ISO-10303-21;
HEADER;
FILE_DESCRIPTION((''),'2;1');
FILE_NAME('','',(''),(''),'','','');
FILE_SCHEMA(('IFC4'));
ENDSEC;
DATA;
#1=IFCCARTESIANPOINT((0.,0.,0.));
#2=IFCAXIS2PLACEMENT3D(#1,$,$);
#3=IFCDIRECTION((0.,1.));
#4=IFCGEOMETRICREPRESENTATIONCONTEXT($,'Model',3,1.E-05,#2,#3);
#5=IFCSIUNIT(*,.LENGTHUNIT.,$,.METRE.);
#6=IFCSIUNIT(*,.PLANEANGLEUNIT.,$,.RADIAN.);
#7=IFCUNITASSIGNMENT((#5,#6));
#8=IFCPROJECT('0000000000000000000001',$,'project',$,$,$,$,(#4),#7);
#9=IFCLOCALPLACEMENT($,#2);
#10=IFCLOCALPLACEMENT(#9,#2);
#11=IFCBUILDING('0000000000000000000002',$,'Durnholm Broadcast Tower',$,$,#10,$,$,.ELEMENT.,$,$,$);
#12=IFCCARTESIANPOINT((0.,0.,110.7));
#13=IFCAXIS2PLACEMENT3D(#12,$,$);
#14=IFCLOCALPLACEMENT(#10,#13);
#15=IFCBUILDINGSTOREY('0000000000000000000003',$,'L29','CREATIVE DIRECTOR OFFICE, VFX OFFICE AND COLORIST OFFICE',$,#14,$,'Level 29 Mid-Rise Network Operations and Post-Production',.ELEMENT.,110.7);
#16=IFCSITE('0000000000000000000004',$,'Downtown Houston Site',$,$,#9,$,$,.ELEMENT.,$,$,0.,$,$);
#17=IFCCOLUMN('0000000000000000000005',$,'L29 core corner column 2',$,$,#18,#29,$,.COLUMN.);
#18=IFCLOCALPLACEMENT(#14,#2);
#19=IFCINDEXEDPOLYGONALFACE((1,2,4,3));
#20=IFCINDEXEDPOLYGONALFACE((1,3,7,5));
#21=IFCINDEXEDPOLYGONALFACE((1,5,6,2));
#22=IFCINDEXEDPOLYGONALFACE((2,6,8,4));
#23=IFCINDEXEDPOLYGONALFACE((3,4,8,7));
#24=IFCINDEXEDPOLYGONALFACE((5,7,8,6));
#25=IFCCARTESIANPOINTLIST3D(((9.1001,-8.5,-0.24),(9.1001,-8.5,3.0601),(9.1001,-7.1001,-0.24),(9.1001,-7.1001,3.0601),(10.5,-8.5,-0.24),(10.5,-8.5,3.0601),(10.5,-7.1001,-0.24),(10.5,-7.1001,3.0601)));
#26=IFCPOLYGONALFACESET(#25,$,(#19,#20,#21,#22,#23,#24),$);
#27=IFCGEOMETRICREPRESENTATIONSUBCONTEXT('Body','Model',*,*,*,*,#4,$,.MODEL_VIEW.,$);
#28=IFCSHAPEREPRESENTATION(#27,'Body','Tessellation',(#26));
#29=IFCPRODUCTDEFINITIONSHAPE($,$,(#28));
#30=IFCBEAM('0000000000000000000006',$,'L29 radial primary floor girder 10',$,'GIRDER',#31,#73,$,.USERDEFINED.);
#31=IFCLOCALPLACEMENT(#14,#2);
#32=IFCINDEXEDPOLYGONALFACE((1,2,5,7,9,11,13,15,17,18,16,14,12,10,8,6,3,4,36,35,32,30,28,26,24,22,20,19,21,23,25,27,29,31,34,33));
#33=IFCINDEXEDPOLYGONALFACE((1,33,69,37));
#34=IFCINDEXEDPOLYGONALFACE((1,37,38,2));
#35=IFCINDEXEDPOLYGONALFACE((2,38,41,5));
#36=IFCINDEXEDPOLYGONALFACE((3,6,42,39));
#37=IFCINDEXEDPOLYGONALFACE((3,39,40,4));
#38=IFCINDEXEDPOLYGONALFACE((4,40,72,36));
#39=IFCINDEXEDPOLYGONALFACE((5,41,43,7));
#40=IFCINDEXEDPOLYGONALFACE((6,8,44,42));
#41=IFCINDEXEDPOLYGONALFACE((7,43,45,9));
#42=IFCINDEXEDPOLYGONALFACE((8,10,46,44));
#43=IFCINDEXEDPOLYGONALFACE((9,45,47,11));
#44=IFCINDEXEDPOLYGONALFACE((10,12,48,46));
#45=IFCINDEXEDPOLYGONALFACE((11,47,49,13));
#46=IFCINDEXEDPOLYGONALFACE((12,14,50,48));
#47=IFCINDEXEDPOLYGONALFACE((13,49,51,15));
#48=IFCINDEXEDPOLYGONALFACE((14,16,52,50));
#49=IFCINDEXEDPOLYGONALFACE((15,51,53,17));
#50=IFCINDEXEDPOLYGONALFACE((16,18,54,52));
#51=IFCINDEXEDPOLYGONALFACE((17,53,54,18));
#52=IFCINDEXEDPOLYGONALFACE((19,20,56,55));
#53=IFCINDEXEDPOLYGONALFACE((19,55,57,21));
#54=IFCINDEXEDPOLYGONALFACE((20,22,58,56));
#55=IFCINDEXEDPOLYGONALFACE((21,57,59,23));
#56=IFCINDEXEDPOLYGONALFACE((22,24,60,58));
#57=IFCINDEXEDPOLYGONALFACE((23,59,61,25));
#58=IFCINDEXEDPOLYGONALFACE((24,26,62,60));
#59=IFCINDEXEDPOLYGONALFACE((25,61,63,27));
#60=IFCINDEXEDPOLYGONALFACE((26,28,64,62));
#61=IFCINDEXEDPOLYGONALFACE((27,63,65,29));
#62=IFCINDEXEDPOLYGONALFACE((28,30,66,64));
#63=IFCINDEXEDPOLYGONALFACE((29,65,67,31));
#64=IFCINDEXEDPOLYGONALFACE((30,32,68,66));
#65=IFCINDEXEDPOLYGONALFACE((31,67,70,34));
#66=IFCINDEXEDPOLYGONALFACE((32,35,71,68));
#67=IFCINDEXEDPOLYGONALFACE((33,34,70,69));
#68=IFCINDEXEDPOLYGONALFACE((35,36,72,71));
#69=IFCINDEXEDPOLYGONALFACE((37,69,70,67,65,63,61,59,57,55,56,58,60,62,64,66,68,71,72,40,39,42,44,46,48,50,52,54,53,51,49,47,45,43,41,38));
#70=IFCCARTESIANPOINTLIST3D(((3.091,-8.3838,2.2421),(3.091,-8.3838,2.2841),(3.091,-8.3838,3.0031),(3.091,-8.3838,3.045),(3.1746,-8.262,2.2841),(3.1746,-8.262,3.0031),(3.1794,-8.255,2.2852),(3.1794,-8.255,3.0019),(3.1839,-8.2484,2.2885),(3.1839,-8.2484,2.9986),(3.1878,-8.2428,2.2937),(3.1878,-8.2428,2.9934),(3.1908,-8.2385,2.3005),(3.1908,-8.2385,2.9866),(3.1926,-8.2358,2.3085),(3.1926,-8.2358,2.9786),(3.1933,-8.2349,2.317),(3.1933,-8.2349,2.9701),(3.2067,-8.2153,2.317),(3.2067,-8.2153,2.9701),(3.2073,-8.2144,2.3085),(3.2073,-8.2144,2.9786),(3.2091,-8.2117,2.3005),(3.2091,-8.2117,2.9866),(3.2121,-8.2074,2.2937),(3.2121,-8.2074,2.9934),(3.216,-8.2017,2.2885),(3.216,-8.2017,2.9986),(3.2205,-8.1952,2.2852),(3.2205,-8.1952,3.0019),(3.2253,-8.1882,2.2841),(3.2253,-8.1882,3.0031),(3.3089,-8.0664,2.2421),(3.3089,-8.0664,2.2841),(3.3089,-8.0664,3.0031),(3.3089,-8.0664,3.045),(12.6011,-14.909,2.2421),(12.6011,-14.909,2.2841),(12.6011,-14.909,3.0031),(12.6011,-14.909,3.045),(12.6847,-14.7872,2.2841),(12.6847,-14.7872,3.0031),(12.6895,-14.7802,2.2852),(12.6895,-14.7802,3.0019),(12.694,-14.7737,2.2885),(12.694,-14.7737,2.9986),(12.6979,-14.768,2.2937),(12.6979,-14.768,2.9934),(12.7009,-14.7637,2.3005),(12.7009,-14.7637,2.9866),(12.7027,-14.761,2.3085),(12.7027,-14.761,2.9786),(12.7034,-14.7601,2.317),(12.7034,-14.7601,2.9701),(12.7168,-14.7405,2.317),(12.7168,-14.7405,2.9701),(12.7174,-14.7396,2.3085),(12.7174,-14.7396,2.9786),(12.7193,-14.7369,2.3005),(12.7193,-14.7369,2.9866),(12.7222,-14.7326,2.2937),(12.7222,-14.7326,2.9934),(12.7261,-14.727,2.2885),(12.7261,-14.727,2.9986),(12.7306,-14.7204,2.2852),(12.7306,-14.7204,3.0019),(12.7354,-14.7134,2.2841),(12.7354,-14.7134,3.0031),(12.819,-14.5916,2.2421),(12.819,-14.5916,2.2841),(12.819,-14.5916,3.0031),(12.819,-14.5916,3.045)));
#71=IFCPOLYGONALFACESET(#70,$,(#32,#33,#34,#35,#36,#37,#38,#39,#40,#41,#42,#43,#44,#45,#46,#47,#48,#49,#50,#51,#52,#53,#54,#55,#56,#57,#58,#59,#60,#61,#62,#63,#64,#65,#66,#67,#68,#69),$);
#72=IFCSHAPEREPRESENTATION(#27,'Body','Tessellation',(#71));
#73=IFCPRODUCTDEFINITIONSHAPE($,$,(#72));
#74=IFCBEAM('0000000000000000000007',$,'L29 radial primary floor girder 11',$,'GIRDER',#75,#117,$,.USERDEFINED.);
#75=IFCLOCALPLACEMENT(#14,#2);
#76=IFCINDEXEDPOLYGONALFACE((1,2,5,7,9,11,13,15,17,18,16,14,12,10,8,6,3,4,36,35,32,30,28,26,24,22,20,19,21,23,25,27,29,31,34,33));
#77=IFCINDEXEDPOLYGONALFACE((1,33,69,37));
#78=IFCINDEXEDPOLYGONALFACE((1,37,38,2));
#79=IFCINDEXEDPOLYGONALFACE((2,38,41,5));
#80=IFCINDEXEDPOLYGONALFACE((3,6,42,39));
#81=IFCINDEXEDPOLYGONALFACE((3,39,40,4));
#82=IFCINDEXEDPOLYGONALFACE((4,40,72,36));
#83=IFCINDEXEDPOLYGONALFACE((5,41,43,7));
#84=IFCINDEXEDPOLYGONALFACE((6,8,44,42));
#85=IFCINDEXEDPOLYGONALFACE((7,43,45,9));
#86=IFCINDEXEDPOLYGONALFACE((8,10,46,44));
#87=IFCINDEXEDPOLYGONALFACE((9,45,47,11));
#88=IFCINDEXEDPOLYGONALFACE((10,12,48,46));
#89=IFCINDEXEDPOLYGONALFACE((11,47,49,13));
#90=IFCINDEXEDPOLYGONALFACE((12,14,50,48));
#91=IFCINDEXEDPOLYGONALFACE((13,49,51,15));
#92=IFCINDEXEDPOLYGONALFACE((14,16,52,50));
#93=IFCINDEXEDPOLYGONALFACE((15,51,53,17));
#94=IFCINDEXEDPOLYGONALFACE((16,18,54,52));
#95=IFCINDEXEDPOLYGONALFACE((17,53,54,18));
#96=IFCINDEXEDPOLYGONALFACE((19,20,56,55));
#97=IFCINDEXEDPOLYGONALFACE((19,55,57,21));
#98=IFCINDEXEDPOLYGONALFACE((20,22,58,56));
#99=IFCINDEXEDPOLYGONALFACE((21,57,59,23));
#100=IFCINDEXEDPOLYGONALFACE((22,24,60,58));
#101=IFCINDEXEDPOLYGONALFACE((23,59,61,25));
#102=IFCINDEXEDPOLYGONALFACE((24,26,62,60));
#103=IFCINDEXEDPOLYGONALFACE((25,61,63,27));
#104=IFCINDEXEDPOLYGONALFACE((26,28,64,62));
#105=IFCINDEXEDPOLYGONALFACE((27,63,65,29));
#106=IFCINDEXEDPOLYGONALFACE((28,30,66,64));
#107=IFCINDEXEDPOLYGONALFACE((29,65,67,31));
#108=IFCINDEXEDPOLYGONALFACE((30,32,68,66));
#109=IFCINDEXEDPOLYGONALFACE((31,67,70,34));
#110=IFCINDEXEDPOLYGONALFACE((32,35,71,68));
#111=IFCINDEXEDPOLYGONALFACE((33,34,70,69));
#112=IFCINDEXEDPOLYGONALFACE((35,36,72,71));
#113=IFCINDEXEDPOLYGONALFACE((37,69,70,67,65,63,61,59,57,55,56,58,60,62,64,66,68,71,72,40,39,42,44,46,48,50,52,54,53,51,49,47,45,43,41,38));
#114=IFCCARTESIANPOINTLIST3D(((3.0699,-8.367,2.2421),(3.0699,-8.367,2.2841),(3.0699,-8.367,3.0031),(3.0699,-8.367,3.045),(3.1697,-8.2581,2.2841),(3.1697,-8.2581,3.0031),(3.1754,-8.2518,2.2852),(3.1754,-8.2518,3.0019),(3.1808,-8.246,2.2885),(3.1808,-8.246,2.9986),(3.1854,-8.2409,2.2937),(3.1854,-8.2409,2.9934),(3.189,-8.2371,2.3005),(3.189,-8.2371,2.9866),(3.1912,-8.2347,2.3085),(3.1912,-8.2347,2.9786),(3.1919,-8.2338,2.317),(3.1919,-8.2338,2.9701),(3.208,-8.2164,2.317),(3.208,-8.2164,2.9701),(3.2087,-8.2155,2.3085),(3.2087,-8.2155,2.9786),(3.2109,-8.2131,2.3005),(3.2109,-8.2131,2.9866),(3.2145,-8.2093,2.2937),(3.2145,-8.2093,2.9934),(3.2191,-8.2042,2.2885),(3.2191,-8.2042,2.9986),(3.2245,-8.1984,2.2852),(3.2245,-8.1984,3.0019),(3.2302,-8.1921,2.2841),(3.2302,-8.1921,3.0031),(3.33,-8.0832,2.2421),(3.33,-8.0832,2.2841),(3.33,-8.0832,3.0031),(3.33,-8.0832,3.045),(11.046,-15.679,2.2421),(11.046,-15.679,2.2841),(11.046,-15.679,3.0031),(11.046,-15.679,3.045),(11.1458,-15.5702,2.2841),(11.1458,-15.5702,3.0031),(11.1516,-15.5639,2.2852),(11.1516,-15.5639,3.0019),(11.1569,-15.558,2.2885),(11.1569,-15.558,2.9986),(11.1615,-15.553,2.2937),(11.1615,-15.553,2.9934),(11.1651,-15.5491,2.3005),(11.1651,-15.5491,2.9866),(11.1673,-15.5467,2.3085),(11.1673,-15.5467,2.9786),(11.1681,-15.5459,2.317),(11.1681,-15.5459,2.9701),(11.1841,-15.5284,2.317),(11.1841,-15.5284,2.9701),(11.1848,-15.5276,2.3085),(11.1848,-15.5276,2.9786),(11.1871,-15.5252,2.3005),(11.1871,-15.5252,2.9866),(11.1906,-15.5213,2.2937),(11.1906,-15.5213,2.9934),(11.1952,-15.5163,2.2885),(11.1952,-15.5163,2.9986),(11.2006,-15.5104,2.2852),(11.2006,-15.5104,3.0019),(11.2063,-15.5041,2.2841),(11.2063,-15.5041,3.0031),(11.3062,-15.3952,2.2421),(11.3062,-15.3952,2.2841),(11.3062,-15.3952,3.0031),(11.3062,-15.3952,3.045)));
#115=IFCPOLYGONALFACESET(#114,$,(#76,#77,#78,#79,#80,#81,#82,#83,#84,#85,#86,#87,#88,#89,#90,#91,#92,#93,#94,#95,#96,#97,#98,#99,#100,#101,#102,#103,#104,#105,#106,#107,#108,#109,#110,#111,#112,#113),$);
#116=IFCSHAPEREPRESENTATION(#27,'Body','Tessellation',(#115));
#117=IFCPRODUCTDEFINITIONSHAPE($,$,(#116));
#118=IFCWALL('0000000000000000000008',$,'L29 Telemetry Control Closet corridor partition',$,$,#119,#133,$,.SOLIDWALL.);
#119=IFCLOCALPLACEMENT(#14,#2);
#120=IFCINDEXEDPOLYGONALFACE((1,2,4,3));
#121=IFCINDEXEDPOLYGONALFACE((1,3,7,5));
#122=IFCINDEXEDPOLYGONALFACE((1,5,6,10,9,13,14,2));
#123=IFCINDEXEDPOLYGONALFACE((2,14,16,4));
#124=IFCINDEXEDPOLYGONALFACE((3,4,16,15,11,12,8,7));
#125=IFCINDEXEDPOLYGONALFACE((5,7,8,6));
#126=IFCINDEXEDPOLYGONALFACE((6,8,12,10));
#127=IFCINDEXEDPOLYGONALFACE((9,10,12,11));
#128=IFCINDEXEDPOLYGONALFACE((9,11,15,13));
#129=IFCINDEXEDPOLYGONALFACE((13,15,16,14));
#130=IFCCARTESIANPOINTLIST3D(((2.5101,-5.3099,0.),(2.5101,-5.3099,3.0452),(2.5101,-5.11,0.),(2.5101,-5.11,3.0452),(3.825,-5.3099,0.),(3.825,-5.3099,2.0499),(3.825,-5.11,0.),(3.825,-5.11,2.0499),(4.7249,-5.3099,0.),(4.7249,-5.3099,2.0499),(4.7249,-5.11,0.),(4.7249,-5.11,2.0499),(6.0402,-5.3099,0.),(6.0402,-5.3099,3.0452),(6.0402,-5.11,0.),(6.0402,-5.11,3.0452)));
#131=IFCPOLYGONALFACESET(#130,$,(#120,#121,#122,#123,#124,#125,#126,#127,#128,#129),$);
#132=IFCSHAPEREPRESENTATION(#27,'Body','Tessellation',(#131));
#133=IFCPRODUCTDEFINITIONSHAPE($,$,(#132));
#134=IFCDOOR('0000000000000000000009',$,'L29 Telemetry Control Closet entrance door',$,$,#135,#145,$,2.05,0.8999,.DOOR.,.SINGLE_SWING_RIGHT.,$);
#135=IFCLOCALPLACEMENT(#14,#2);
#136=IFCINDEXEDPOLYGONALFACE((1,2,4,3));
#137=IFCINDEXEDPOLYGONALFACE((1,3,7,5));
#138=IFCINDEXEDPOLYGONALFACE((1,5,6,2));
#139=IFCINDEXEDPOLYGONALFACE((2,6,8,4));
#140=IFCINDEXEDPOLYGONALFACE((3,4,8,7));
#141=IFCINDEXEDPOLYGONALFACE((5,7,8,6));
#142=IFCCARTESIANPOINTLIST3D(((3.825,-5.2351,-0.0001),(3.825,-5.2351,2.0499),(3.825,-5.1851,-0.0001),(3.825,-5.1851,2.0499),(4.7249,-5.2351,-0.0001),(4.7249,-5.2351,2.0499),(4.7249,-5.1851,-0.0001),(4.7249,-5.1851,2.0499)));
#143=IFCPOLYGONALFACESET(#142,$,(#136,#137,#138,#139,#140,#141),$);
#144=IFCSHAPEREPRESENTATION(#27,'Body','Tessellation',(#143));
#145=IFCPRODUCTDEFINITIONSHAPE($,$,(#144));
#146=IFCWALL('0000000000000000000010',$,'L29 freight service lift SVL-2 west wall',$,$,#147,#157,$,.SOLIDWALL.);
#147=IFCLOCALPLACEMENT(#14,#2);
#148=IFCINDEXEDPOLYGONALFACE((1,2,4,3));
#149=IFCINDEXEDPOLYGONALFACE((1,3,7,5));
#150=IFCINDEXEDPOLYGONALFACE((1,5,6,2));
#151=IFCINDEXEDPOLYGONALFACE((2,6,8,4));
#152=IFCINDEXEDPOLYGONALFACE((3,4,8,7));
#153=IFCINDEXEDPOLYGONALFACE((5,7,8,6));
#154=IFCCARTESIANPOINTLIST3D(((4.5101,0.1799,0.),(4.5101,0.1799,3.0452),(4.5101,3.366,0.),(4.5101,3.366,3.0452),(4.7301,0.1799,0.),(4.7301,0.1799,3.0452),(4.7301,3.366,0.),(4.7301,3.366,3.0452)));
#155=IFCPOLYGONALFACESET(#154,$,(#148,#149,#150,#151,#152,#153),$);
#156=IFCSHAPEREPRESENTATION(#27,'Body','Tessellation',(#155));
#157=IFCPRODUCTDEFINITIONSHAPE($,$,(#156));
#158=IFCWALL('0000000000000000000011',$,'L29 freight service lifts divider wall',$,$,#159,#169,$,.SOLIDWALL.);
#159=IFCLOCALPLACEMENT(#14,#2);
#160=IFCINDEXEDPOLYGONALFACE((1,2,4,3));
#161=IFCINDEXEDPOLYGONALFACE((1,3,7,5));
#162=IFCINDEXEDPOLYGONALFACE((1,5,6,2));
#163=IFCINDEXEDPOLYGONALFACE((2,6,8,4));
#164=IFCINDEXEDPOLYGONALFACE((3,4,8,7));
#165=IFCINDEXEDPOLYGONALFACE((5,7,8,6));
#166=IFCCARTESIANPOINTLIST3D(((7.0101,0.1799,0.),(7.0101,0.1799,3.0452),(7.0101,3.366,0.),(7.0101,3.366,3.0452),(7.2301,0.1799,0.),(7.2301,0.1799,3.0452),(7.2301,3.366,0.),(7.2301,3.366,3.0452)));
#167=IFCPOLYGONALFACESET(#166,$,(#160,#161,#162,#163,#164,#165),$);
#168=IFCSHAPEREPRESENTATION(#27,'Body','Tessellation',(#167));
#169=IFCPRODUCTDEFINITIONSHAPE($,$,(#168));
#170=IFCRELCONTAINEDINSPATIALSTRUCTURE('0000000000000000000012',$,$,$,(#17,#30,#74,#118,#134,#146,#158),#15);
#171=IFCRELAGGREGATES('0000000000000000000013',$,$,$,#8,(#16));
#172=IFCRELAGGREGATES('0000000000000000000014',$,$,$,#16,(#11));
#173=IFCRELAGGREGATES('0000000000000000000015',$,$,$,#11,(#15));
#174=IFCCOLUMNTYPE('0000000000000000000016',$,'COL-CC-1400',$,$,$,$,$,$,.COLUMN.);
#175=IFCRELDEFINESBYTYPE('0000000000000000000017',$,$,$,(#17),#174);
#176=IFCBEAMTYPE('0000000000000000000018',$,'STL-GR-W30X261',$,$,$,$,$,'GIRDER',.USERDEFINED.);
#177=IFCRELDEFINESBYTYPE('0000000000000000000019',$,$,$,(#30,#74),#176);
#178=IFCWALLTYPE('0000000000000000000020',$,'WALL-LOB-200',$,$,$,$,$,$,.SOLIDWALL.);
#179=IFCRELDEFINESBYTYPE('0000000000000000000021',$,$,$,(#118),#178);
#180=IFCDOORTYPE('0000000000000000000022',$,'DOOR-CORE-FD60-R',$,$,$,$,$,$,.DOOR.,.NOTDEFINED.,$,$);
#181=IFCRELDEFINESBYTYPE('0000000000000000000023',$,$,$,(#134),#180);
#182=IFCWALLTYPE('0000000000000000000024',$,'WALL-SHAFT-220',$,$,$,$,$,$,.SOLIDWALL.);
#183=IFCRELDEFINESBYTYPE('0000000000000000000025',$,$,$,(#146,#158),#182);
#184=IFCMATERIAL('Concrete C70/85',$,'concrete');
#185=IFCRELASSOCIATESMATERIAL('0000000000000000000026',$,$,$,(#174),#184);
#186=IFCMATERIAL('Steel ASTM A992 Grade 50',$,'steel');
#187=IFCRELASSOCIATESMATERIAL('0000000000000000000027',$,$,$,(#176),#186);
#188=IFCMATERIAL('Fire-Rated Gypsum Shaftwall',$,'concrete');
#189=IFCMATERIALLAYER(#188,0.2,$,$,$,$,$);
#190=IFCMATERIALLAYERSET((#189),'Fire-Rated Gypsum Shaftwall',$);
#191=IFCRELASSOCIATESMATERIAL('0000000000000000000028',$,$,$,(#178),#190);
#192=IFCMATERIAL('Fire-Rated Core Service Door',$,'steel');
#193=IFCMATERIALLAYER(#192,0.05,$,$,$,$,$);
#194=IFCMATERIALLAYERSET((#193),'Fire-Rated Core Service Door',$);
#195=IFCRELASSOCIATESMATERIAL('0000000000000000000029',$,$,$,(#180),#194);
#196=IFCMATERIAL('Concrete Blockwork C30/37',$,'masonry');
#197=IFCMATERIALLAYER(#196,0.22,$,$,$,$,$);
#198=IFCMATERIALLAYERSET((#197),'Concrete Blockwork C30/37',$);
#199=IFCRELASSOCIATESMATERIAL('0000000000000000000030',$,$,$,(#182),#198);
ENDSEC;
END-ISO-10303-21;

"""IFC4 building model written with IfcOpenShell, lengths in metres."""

from ifc_helpers import new_model, si_unit, direction, frame, frame_2d, origin, origin_2d, place, context, subcontext, project, spatial, rectangle, i_section, extrude, source, transform, mapped, material, layer, layer_set, material_profile, profile_set, type_object, type_shapes, element, fill, save


model = new_model("IFC4")

# Units and contexts
model_context = context("Model", 3, precision=1e-05, world=origin(), true_north=direction((0.0, 1.0)))
body_context = subcontext(model_context, "Body", "Model", "MODEL_VIEW")
ifc_project = project(units=[si_unit("LENGTHUNIT", "METRE"), si_unit("PLANEANGLEUNIT", "RADIAN")], contexts=[model_context])

# Site, building, storey
site_placement = place(None, origin())
site = spatial("IfcSite", under=ifc_project, at=site_placement, Name="Downtown Houston Site", CompositionType="ELEMENT", RefElevation=0.0)
building_placement = place(site_placement, origin())
building = spatial("IfcBuilding", under=site, at=building_placement, Name="Durnholm Broadcast Tower", CompositionType="ELEMENT")
storey_placement = place(building_placement, frame((0.0, 0.0, 110.7)))
storey = spatial("IfcBuildingStorey", under=building, at=storey_placement, Name="L29", Description="CREATIVE DIRECTOR OFFICE, VFX OFFICE AND COLORIST OFFICE", LongName="Level 29 Mid-Rise Network Operations and Post-Production", CompositionType="ELEMENT", Elevation=110.7)

# Column
ifc_material_1 = material(Name="Concrete C70/85", Category="concrete")
ifc_material_profile_1 = material_profile(ifc_material_1, rectangle(XDim=1.3999, YDim=1.3999, at=origin_2d()), Name="RC1400X1400")
ifc_profile_set_1 = profile_set([ifc_material_profile_1], Name="Concrete C70/85")
column_type = type_object("IfcColumnType", Name="COL-CC-1400", PredefinedType="COLUMN", material=ifc_profile_set_1)
shared_shape_1 = source(origin(), body_context, "Body", "SweptSolid", [
    extrude(rectangle(XDim=1.3999, YDim=1.3999, at=origin_2d()), origin(), (0.0, 0.0, 1.0), 3.3),
])
type_shapes(column_type, [shared_shape_1])
column_placement = place(storey_placement, frame((9.8, -7.8, -0.24), z_axis=(0.0, 0.0, 1.0), x_axis=(1.0, 0.0, 0.0)))
element("IfcColumn", 1, at=column_placement, inside=storey, type_object=column_type, Name="L29 core corner column 2", PredefinedType="COLUMN", context=body_context, shape_type="MappedRepresentation", body=[
    mapped(shared_shape_1, transform((0.0, 0.0, 0.0), x_axis=(1.0, 0.0, 0.0), y_axis=(0.0, 1.0, 0.0), z_axis=(0.0, 0.0, 1.0), scale=1.0)),
])

# Beams
ifc_material_2 = material(Name="Steel ASTM A992 Grade 50", Category="steel")
ifc_material_profile_2 = material_profile(ifc_material_2, i_section(OverallWidth=0.385, OverallDepth=0.803, WebThickness=0.0237, FlangeThickness=0.042, FilletRadius=0.033, at=origin_2d()), Name="W30X261")
ifc_profile_set_2 = profile_set([ifc_material_profile_2], Name="Steel ASTM A992 Grade 50")
beam_type = type_object("IfcBeamType", Name="STL-GR-W30X261", ElementType="GIRDER", PredefinedType="USERDEFINED", material=ifc_profile_set_2)
shared_shape_2 = source(origin(), body_context, "Body", "SweptSolid", [
    extrude(i_section(OverallWidth=0.385, OverallDepth=0.803, WebThickness=0.0237, FlangeThickness=0.042, FilletRadius=0.033, at=origin_2d()), origin(), (0.0, 0.0, 1.0), 11.5334),
])
beam_1_placement = place(storey_placement, frame((3.2, -8.2251, 2.6436), z_axis=(0.824567, -0.565764, 0.0), x_axis=(0.565764, 0.824567, 0.0)))
element("IfcBeam", 2, at=beam_1_placement, inside=storey, type_object=beam_type, Name="L29 radial primary floor girder 10", ObjectType="GIRDER", PredefinedType="USERDEFINED", context=body_context, shape_type="MappedRepresentation", body=[
    mapped(shared_shape_2, transform((0.0, 0.0, 0.0), x_axis=(1.0, 0.0, 0.0), y_axis=(0.0, 1.0, 0.0), z_axis=(0.0, 0.0, 1.0), scale=1.0)),
])
shared_shape_3 = source(origin(), body_context, "Body", "SweptSolid", [
    extrude(i_section(OverallWidth=0.385, OverallDepth=0.803, WebThickness=0.0237, FlangeThickness=0.042, FilletRadius=0.033, at=origin_2d()), origin(), (0.0, 0.0, 1.0), 10.8206),
])
type_shapes(beam_type, [shared_shape_2, shared_shape_3])
beam_2_placement = place(storey_placement, frame((3.2, -8.2251, 2.6436), z_axis=(0.737126, -0.675755, 0.0), x_axis=(0.675755, 0.737126, 0.0)))
element("IfcBeam", 3, at=beam_2_placement, inside=storey, type_object=beam_type, Name="L29 radial primary floor girder 11", ObjectType="GIRDER", PredefinedType="USERDEFINED", context=body_context, shape_type="MappedRepresentation", body=[
    mapped(shared_shape_3, transform((0.0, 0.0, 0.0), x_axis=(1.0, 0.0, 0.0), y_axis=(0.0, 1.0, 0.0), z_axis=(0.0, 0.0, 1.0), scale=1.0)),
])

# Wall, opening, door
ifc_material_3 = material(Name="Fire-Rated Gypsum Shaftwall", Category="concrete")
ifc_layer_1 = layer(ifc_material_3, 0.2)
ifc_layer_set_1 = layer_set([ifc_layer_1], Name="Fire-Rated Gypsum Shaftwall")
wall_type_1 = type_object("IfcWallType", Name="WALL-LOB-200", PredefinedType="SOLIDWALL", material=ifc_layer_set_1)
wall_1_placement = place(storey_placement, frame((2.51, -5.21, 0.0), z_axis=(0.0, 0.0, 1.0), x_axis=(1.0, 0.0, 0.0)))
wall_1 = element("IfcWall", 4, at=wall_1_placement, inside=storey, type_object=wall_type_1, Name="L29 Telemetry Control Closet corridor partition", PredefinedType="SOLIDWALL", context=body_context, shape_type="SweptSolid", body=[
    extrude(rectangle(XDim=3.53, YDim=0.2, at=frame_2d((1.7651, 0.0))), origin(), (0.0, 0.0, 1.0), 3.0452),
])
opening_1_placement = place(wall_1_placement, frame((1.3149, 0.0, 0.0)))
opening_1 = element("IfcOpeningElement", 5, at=opening_1_placement, cuts=wall_1, PredefinedType="OPENING", context=body_context, shape_type="SweptSolid", body=[
    extrude(rectangle(XDim=0.8999, YDim=2.05, at=frame_2d((0.45, 1.0249))), frame((0.0, 0.1099, 0.0), z_axis=(0.0, -1.0, 0.0), x_axis=(1.0, 0.0, 0.0)), (0.0, 0.0, 1.0), 0.22),
])
ifc_material_4 = material(Name="Fire-Rated Core Service Door", Category="steel")
ifc_layer_2 = layer(ifc_material_4, 0.05)
ifc_layer_set_2 = layer_set([ifc_layer_2], Name="Fire-Rated Core Service Door")
door_type_1 = type_object("IfcDoorType", Name="DOOR-CORE-FD60-R", OperationType="NOTDEFINED", PredefinedType="DOOR", material=ifc_layer_set_2)
shared_shape_4 = source(origin(), body_context, "Body", "SweptSolid", [
    extrude(rectangle(XDim=0.8999, YDim=2.05, at=frame_2d((0.45, 1.0249))), frame((0.0, 0.0249, 0.0), z_axis=(0.0, -1.0, 0.0), x_axis=(1.0, 0.0, 0.0)), (0.0, 0.0, 1.0), 0.05),
])
type_shapes(door_type_1, [shared_shape_4])
door_1_placement = place(opening_1_placement, origin())
door_1 = element("IfcDoor", 6, at=door_1_placement, inside=storey, type_object=door_type_1, Name="L29 Telemetry Control Closet entrance door", OperationType="SINGLE_SWING_RIGHT", OverallHeight=2.05, OverallWidth=0.8999, PredefinedType="DOOR", context=body_context, shape_type="MappedRepresentation", body=[
    mapped(shared_shape_4, transform((0.0, 0.0, 0.0), x_axis=(1.0, 0.0, 0.0), y_axis=(0.0, 1.0, 0.0), z_axis=(0.0, 0.0, 1.0), scale=1.0)),
])
fill(opening_1, door_1)

# Walls
ifc_material_5 = material(Name="Concrete Blockwork C30/37", Category="masonry")
ifc_layer_3 = layer(ifc_material_5, 0.22)
ifc_layer_set_3 = layer_set([ifc_layer_3], Name="Concrete Blockwork C30/37")
wall_type_2 = type_object("IfcWallType", Name="WALL-SHAFT-220", PredefinedType="SOLIDWALL", material=ifc_layer_set_3)
for number, where, z_axis, x_axis, name in (
    (7, (4.6201, 0.1799, 0.0), (0.0, 0.0, 1.0), (0.0, 1.0, 0.0), "L29 freight service lift SVL-2 west wall"),
    (8, (7.1201, 0.1799, 0.0), (0.0, 0.0, 1.0), (0.0, 1.0, 0.0), "L29 freight service lifts divider wall"),
):
    element("IfcWall", number, at=place(storey_placement, frame(where, z_axis=z_axis, x_axis=x_axis)), inside=storey, type_object=wall_type_2, Name=name, PredefinedType="SOLIDWALL", context=body_context, shape_type="SweptSolid", body=[
        extrude(rectangle(XDim=3.186, YDim=0.22, at=frame_2d((1.593, 0.0))), origin(), (0.0, 0.0, 1.0), 3.0452),
    ])

save(model, "model.ifc")
